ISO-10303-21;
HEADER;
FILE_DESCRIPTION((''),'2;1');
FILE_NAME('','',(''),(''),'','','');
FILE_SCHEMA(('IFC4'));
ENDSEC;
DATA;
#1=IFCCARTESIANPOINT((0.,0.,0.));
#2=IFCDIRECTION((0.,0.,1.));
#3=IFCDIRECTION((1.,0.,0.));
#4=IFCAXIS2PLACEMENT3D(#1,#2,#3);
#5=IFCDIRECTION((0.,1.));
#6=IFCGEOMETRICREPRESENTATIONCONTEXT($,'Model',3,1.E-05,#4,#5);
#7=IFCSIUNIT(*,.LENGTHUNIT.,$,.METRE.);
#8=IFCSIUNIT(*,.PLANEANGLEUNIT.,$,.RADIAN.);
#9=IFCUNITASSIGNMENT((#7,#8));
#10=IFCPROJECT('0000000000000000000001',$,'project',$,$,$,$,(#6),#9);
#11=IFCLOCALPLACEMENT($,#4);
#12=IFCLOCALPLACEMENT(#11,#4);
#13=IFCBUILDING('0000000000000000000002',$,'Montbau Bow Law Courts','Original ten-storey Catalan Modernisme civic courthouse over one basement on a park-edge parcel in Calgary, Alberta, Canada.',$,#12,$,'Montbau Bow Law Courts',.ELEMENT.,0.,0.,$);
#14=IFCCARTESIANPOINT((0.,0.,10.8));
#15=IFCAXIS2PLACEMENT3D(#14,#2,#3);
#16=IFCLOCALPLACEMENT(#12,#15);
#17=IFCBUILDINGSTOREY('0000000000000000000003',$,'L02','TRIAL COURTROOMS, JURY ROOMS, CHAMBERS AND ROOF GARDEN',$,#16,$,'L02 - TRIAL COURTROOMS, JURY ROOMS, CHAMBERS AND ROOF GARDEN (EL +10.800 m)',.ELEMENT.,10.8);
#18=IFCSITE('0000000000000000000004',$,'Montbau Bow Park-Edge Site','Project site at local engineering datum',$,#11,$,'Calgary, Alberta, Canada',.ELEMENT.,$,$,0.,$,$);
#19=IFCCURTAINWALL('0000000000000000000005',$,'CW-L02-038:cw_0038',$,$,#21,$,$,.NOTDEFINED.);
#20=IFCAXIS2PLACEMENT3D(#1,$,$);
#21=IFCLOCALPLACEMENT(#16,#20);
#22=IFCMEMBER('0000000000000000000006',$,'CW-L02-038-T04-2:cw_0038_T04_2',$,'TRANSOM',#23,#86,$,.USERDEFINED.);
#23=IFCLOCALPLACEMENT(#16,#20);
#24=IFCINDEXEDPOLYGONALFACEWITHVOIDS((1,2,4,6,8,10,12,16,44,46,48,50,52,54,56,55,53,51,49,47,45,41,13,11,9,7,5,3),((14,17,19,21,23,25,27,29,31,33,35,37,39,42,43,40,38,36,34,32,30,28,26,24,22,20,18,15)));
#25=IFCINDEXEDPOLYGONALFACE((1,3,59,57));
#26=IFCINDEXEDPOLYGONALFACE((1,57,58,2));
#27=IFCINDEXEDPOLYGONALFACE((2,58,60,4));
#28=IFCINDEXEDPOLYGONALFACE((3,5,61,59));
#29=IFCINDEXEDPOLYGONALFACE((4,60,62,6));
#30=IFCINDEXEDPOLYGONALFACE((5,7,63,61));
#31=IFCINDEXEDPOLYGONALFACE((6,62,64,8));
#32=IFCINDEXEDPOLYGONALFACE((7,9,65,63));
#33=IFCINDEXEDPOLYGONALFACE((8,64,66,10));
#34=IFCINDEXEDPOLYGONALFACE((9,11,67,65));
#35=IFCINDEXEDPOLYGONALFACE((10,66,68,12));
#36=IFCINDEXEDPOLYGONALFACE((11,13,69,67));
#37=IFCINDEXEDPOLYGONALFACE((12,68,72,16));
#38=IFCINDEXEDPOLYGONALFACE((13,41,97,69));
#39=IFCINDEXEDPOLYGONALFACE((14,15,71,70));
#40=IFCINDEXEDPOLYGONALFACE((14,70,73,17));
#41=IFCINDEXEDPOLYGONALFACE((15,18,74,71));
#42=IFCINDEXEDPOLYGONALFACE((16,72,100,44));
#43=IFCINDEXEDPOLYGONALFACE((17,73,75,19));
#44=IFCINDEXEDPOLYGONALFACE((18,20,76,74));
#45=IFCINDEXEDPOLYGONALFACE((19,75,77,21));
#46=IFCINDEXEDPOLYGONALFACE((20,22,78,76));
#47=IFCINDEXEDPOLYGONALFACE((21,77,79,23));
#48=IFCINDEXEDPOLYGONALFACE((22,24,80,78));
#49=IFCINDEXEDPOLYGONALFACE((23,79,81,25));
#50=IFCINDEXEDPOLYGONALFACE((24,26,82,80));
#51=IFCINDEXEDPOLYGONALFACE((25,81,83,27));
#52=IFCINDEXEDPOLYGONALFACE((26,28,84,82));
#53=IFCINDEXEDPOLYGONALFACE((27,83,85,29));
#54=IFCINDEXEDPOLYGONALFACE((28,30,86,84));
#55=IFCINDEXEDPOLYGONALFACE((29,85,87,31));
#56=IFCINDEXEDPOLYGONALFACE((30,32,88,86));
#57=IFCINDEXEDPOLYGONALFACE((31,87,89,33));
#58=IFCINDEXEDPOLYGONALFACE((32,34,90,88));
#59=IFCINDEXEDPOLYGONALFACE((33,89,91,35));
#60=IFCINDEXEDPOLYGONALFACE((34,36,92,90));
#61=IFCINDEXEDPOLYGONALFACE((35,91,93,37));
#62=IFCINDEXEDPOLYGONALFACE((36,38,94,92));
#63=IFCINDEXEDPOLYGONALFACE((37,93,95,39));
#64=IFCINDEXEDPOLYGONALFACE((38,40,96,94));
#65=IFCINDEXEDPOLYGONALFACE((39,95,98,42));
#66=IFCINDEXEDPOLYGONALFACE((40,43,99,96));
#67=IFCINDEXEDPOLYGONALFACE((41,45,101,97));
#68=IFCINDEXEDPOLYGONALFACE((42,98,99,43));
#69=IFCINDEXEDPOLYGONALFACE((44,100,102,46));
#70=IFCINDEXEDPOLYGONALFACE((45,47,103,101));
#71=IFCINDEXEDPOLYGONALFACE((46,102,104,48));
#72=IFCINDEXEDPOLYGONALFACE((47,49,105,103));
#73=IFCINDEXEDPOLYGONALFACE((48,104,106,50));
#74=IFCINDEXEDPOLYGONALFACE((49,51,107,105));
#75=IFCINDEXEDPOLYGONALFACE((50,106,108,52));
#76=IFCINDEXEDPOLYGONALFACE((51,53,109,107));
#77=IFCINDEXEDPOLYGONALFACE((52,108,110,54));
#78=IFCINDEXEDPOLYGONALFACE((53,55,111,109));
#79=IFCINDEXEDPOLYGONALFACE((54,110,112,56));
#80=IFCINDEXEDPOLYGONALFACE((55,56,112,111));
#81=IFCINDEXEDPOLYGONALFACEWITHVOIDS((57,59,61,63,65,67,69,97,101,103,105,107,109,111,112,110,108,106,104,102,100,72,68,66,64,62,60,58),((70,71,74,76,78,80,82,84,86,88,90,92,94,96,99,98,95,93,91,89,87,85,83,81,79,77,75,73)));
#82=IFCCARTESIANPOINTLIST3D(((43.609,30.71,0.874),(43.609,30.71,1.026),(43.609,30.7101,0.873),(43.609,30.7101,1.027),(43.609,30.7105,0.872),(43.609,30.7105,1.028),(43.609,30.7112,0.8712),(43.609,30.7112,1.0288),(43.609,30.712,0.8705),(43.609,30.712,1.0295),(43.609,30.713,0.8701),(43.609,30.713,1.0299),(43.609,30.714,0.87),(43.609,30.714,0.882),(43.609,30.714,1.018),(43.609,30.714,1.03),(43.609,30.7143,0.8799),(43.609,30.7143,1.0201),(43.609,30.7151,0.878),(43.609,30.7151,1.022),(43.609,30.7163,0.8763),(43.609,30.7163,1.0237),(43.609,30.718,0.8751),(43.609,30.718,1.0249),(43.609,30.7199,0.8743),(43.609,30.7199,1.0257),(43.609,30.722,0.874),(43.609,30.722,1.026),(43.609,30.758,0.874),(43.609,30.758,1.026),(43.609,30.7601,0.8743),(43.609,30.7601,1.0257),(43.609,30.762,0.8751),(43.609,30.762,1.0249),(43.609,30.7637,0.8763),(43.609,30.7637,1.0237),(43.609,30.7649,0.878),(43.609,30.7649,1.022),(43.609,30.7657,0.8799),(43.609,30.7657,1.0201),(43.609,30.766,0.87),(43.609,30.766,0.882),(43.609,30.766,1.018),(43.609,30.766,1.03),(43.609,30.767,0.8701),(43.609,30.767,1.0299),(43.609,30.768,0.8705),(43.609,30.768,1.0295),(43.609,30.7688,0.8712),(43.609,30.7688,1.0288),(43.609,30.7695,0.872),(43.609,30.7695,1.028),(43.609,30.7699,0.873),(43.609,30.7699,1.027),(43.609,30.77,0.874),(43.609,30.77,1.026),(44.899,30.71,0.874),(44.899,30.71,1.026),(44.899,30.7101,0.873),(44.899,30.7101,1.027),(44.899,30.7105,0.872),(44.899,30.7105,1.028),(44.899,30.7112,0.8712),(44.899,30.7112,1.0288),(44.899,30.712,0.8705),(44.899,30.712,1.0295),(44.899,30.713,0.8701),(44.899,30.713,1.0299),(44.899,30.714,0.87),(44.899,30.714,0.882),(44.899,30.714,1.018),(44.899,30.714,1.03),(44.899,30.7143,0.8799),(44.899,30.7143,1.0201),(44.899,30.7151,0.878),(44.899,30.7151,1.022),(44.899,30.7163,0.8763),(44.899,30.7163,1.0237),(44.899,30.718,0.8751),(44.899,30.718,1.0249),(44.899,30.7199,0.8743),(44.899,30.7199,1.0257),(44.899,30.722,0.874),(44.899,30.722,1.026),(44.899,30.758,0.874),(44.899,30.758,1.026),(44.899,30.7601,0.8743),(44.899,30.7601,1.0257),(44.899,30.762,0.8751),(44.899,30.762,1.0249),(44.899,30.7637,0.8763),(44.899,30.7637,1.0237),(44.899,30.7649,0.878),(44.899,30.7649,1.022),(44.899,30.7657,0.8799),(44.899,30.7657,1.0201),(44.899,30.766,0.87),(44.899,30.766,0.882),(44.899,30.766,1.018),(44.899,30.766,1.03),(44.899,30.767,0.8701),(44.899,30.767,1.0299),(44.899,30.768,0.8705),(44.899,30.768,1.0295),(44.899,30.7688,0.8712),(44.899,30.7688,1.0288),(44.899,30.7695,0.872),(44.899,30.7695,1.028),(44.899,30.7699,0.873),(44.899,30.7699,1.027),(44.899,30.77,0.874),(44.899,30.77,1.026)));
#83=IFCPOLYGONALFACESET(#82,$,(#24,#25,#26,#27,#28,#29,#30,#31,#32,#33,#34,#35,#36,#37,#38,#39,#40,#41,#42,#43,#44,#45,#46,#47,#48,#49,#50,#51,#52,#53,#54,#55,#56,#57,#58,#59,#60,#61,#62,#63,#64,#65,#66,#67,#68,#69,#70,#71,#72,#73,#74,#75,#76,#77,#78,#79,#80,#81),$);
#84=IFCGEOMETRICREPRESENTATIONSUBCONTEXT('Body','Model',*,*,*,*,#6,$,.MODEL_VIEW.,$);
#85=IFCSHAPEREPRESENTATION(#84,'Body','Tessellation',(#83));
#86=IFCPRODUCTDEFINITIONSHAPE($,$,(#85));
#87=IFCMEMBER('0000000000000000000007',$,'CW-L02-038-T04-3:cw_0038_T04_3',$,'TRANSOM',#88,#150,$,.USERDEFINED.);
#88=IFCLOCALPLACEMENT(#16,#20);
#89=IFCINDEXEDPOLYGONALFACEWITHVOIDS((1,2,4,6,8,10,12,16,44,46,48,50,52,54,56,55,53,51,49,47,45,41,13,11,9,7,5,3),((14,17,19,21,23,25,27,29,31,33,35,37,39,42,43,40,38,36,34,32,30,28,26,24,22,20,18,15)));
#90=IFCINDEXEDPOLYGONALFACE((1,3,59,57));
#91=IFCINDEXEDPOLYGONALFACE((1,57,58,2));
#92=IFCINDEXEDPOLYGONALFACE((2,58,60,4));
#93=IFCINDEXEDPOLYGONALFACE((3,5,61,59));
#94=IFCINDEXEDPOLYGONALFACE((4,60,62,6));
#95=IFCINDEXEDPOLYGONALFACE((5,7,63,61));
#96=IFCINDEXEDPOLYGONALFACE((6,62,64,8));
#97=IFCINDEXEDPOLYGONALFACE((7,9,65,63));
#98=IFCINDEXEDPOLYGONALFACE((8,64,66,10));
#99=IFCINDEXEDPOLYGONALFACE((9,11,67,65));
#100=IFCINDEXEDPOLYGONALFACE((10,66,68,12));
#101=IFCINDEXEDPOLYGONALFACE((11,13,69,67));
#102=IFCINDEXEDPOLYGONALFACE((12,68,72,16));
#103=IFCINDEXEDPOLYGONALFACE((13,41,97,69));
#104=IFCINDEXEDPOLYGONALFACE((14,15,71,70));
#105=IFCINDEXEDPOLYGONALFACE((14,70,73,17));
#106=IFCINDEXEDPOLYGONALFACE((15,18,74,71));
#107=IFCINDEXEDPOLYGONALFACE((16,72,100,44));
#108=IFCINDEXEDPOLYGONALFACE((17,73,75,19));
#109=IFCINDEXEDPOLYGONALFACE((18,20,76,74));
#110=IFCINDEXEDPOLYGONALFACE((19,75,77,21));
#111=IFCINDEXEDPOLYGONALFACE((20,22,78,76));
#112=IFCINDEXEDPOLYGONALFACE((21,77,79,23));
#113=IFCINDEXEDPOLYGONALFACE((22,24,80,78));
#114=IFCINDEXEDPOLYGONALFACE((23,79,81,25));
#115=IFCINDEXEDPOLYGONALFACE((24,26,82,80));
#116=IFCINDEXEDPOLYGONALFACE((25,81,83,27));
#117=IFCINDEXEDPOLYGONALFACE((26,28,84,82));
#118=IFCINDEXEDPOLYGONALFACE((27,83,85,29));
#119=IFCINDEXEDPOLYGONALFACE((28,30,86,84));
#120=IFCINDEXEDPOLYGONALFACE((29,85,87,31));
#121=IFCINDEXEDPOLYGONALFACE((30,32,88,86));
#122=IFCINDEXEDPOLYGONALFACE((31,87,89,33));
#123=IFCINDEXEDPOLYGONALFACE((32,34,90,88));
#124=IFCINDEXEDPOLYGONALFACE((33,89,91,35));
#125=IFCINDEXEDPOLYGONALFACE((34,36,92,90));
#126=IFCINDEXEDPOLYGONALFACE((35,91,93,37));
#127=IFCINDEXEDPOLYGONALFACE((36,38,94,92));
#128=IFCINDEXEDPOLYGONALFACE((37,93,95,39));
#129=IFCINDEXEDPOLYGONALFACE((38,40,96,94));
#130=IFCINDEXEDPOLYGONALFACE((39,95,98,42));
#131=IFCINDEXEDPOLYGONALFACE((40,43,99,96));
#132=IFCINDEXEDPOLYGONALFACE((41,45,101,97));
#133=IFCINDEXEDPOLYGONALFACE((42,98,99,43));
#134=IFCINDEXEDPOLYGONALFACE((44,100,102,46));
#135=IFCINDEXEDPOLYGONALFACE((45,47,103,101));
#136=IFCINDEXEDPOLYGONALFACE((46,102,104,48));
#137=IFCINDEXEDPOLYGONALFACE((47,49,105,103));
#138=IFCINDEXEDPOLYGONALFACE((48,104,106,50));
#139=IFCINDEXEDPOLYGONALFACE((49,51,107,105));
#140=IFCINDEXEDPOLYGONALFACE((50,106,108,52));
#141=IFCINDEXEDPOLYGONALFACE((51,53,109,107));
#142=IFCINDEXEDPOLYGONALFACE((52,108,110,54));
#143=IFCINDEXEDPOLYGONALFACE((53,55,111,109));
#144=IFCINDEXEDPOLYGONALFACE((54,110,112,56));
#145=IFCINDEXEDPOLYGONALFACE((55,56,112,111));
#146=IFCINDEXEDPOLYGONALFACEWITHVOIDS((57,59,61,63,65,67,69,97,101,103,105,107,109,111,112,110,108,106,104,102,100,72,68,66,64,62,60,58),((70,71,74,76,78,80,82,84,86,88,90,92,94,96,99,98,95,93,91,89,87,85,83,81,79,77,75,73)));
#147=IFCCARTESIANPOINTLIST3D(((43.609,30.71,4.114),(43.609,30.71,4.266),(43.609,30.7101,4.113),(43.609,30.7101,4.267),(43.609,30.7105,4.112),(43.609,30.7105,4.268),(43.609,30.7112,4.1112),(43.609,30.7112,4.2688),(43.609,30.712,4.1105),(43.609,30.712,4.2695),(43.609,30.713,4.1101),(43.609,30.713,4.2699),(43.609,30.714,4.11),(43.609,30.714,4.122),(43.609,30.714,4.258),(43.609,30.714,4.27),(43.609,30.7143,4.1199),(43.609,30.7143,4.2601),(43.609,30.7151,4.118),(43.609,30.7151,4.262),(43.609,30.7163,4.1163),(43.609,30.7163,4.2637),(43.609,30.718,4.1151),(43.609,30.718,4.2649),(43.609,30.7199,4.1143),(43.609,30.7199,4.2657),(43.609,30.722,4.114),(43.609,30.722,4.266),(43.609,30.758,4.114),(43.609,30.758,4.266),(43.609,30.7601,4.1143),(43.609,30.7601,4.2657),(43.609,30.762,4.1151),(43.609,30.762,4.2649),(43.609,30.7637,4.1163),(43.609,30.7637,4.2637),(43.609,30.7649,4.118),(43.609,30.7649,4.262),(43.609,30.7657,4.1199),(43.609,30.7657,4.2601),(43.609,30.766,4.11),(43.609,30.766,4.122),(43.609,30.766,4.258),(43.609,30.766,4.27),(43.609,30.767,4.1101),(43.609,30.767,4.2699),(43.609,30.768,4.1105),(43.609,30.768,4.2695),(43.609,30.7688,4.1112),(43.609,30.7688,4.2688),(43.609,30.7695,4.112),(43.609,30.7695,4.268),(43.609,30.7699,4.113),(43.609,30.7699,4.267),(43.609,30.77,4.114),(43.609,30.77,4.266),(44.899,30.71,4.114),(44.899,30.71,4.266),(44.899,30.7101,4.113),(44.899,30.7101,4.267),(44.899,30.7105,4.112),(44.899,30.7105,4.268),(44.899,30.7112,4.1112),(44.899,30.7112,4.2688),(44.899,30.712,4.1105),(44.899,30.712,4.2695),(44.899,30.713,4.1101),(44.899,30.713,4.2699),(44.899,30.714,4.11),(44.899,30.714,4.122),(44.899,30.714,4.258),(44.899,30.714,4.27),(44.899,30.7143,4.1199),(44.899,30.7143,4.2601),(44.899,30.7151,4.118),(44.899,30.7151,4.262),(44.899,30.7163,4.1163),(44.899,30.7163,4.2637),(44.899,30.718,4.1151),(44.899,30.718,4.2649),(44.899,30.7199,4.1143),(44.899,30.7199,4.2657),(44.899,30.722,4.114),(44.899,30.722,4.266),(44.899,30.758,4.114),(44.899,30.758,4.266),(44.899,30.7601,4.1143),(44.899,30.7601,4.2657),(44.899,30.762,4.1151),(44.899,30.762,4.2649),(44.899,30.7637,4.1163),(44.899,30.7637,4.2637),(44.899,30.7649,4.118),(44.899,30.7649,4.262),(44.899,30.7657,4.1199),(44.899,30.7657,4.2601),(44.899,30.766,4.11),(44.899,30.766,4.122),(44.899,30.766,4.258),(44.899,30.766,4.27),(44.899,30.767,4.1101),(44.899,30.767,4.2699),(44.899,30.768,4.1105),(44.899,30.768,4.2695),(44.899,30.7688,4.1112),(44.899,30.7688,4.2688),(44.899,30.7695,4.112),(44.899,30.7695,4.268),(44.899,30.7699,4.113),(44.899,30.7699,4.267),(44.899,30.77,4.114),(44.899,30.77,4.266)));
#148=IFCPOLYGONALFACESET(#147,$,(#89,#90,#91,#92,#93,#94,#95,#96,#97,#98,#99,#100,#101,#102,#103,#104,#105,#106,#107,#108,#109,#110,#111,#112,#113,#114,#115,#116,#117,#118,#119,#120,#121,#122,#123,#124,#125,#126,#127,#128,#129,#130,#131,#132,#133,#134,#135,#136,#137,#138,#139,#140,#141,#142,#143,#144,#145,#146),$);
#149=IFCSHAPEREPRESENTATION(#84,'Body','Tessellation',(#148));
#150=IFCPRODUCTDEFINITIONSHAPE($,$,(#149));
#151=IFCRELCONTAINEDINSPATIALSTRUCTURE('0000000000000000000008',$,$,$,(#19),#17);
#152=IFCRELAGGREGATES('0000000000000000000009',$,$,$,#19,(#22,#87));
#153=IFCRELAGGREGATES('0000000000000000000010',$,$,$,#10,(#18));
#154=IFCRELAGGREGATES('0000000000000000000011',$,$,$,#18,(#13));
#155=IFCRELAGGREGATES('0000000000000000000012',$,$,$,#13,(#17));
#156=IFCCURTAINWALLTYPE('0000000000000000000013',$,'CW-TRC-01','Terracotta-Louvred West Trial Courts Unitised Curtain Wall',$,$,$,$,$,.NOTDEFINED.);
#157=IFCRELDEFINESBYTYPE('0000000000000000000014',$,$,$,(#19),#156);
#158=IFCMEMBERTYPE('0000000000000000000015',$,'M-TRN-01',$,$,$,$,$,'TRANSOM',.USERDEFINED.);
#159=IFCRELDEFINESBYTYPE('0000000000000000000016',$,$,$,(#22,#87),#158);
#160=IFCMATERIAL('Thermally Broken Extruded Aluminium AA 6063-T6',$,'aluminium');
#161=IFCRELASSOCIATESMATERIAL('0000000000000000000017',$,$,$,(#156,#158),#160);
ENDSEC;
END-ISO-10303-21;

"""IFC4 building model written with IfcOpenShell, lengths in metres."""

from ifc_helpers import new_model, si_unit, direction, frame, origin_with_axes, origin_2d_with_axis, place, context, subcontext, project, spatial, hollow_rectangle, extrude, material, material_profile, profile_set, type_object, element, aggregate, save


model = new_model("IFC4")

# Units and contexts
model_context = context("Model", 3, precision=1e-05, world=origin_with_axes(), true_north=direction((0.0, 1.0)))
body_context = subcontext(model_context, "Body", "Model", "MODEL_VIEW")
ifc_project = project(units=[si_unit("LENGTHUNIT", "METRE"), si_unit("PLANEANGLEUNIT", "RADIAN")], contexts=[model_context])

# Site, building, storey
site_placement = place(None, origin_with_axes())
site = spatial("IfcSite", under=ifc_project, at=site_placement, Name="Montbau Bow Park-Edge Site", Description="Project site at local engineering datum", LongName="Calgary, Alberta, Canada", CompositionType="ELEMENT", RefElevation=0.0)
building_placement = place(site_placement, origin_with_axes())
building = spatial("IfcBuilding", under=site, at=building_placement, Name="Montbau Bow Law Courts", Description="Original ten-storey Catalan Modernisme civic courthouse over one basement on a park-edge parcel in Calgary, Alberta, Canada.", LongName="Montbau Bow Law Courts", CompositionType="ELEMENT", ElevationOfRefHeight=0.0, ElevationOfTerrain=0.0)
storey_placement = place(building_placement, frame((0.0, 0.0, 10.8), z_axis=(0.0, 0.0, 1.0), x_axis=(1.0, 0.0, 0.0)))
storey = spatial("IfcBuildingStorey", under=building, at=storey_placement, Name="L02", Description="TRIAL COURTROOMS, JURY ROOMS, CHAMBERS AND ROOF GARDEN", LongName="L02 - TRIAL COURTROOMS, JURY ROOMS, CHAMBERS AND ROOF GARDEN (EL +10.800 m)", CompositionType="ELEMENT", Elevation=10.8)

# Curtain wall, members
ifc_material_1 = material(Name="Thermally Broken Extruded Aluminium AA 6063-T6", Category="aluminium")
curtain_wall_type = type_object("IfcCurtainWallType", Name="CW-TRC-01", Description="Terracotta-Louvred West Trial Courts Unitised Curtain Wall", PredefinedType="NOTDEFINED", material=ifc_material_1)
curtain_wall_placement = place(None, frame((39.515, 30.74, 10.8), z_axis=(0.0, 0.0, 1.0), x_axis=(1.0, 0.0, 0.0)))
curtain_wall = element("IfcCurtainWall", 1, at=curtain_wall_placement, inside=storey, type_object=curtain_wall_type, Name="CW-L02-038:cw_0038", PredefinedType="NOTDEFINED")
ifc_material_profile_1 = material_profile(ifc_material_1, hollow_rectangle(XDim=0.06, YDim=0.16, WallThickness=0.004, InnerFilletRadius=0.008, OuterFilletRadius=0.004, at=origin_2d_with_axis()), Name="CWT-160X60", Category="Main", Priority=0)
ifc_profile_set_1 = profile_set([ifc_material_profile_1], Name="Thermally Broken Extruded Aluminium AA 6063-T6")
member_type_1 = type_object("IfcMemberType", Name="M-TRN-01", ElementType="TRANSOM", PredefinedType="USERDEFINED", material=ifc_profile_set_1)
member_1_placement = place(None, frame((43.609, 30.74, 11.75), z_axis=(1.0, 0.0, 0.0), x_axis=(0.0, 1.0, 0.0)))
member_1 = element("IfcMember", 2, at=member_1_placement, type_object=member_type_1, Name="CW-L02-038-T04-2:cw_0038_T04_2", ObjectType="TRANSOM", PredefinedType="USERDEFINED", context=body_context, shape_type="SweptSolid", body=[
    extrude(hollow_rectangle(XDim=0.06, YDim=0.16, WallThickness=0.004, InnerFilletRadius=0.008, OuterFilletRadius=0.004, at=origin_2d_with_axis()), origin_with_axes(), (0.0, 0.0, 1.0), 1.29),
])
member_2_placement = place(None, frame((43.609, 30.74, 14.99), z_axis=(1.0, 0.0, 0.0), x_axis=(0.0, 1.0, 0.0)))
member_2 = element("IfcMember", 3, at=member_2_placement, type_object=member_type_1, Name="CW-L02-038-T04-3:cw_0038_T04_3", ObjectType="TRANSOM", PredefinedType="USERDEFINED", context=body_context, shape_type="SweptSolid", body=[
    extrude(hollow_rectangle(XDim=0.06, YDim=0.16, WallThickness=0.004, InnerFilletRadius=0.008, OuterFilletRadius=0.004, at=origin_2d_with_axis()), origin_with_axes(), (0.0, 0.0, 1.0), 1.29),
])
aggregate(curtain_wall, [member_1, member_2])

save(model, "model.ifc")
